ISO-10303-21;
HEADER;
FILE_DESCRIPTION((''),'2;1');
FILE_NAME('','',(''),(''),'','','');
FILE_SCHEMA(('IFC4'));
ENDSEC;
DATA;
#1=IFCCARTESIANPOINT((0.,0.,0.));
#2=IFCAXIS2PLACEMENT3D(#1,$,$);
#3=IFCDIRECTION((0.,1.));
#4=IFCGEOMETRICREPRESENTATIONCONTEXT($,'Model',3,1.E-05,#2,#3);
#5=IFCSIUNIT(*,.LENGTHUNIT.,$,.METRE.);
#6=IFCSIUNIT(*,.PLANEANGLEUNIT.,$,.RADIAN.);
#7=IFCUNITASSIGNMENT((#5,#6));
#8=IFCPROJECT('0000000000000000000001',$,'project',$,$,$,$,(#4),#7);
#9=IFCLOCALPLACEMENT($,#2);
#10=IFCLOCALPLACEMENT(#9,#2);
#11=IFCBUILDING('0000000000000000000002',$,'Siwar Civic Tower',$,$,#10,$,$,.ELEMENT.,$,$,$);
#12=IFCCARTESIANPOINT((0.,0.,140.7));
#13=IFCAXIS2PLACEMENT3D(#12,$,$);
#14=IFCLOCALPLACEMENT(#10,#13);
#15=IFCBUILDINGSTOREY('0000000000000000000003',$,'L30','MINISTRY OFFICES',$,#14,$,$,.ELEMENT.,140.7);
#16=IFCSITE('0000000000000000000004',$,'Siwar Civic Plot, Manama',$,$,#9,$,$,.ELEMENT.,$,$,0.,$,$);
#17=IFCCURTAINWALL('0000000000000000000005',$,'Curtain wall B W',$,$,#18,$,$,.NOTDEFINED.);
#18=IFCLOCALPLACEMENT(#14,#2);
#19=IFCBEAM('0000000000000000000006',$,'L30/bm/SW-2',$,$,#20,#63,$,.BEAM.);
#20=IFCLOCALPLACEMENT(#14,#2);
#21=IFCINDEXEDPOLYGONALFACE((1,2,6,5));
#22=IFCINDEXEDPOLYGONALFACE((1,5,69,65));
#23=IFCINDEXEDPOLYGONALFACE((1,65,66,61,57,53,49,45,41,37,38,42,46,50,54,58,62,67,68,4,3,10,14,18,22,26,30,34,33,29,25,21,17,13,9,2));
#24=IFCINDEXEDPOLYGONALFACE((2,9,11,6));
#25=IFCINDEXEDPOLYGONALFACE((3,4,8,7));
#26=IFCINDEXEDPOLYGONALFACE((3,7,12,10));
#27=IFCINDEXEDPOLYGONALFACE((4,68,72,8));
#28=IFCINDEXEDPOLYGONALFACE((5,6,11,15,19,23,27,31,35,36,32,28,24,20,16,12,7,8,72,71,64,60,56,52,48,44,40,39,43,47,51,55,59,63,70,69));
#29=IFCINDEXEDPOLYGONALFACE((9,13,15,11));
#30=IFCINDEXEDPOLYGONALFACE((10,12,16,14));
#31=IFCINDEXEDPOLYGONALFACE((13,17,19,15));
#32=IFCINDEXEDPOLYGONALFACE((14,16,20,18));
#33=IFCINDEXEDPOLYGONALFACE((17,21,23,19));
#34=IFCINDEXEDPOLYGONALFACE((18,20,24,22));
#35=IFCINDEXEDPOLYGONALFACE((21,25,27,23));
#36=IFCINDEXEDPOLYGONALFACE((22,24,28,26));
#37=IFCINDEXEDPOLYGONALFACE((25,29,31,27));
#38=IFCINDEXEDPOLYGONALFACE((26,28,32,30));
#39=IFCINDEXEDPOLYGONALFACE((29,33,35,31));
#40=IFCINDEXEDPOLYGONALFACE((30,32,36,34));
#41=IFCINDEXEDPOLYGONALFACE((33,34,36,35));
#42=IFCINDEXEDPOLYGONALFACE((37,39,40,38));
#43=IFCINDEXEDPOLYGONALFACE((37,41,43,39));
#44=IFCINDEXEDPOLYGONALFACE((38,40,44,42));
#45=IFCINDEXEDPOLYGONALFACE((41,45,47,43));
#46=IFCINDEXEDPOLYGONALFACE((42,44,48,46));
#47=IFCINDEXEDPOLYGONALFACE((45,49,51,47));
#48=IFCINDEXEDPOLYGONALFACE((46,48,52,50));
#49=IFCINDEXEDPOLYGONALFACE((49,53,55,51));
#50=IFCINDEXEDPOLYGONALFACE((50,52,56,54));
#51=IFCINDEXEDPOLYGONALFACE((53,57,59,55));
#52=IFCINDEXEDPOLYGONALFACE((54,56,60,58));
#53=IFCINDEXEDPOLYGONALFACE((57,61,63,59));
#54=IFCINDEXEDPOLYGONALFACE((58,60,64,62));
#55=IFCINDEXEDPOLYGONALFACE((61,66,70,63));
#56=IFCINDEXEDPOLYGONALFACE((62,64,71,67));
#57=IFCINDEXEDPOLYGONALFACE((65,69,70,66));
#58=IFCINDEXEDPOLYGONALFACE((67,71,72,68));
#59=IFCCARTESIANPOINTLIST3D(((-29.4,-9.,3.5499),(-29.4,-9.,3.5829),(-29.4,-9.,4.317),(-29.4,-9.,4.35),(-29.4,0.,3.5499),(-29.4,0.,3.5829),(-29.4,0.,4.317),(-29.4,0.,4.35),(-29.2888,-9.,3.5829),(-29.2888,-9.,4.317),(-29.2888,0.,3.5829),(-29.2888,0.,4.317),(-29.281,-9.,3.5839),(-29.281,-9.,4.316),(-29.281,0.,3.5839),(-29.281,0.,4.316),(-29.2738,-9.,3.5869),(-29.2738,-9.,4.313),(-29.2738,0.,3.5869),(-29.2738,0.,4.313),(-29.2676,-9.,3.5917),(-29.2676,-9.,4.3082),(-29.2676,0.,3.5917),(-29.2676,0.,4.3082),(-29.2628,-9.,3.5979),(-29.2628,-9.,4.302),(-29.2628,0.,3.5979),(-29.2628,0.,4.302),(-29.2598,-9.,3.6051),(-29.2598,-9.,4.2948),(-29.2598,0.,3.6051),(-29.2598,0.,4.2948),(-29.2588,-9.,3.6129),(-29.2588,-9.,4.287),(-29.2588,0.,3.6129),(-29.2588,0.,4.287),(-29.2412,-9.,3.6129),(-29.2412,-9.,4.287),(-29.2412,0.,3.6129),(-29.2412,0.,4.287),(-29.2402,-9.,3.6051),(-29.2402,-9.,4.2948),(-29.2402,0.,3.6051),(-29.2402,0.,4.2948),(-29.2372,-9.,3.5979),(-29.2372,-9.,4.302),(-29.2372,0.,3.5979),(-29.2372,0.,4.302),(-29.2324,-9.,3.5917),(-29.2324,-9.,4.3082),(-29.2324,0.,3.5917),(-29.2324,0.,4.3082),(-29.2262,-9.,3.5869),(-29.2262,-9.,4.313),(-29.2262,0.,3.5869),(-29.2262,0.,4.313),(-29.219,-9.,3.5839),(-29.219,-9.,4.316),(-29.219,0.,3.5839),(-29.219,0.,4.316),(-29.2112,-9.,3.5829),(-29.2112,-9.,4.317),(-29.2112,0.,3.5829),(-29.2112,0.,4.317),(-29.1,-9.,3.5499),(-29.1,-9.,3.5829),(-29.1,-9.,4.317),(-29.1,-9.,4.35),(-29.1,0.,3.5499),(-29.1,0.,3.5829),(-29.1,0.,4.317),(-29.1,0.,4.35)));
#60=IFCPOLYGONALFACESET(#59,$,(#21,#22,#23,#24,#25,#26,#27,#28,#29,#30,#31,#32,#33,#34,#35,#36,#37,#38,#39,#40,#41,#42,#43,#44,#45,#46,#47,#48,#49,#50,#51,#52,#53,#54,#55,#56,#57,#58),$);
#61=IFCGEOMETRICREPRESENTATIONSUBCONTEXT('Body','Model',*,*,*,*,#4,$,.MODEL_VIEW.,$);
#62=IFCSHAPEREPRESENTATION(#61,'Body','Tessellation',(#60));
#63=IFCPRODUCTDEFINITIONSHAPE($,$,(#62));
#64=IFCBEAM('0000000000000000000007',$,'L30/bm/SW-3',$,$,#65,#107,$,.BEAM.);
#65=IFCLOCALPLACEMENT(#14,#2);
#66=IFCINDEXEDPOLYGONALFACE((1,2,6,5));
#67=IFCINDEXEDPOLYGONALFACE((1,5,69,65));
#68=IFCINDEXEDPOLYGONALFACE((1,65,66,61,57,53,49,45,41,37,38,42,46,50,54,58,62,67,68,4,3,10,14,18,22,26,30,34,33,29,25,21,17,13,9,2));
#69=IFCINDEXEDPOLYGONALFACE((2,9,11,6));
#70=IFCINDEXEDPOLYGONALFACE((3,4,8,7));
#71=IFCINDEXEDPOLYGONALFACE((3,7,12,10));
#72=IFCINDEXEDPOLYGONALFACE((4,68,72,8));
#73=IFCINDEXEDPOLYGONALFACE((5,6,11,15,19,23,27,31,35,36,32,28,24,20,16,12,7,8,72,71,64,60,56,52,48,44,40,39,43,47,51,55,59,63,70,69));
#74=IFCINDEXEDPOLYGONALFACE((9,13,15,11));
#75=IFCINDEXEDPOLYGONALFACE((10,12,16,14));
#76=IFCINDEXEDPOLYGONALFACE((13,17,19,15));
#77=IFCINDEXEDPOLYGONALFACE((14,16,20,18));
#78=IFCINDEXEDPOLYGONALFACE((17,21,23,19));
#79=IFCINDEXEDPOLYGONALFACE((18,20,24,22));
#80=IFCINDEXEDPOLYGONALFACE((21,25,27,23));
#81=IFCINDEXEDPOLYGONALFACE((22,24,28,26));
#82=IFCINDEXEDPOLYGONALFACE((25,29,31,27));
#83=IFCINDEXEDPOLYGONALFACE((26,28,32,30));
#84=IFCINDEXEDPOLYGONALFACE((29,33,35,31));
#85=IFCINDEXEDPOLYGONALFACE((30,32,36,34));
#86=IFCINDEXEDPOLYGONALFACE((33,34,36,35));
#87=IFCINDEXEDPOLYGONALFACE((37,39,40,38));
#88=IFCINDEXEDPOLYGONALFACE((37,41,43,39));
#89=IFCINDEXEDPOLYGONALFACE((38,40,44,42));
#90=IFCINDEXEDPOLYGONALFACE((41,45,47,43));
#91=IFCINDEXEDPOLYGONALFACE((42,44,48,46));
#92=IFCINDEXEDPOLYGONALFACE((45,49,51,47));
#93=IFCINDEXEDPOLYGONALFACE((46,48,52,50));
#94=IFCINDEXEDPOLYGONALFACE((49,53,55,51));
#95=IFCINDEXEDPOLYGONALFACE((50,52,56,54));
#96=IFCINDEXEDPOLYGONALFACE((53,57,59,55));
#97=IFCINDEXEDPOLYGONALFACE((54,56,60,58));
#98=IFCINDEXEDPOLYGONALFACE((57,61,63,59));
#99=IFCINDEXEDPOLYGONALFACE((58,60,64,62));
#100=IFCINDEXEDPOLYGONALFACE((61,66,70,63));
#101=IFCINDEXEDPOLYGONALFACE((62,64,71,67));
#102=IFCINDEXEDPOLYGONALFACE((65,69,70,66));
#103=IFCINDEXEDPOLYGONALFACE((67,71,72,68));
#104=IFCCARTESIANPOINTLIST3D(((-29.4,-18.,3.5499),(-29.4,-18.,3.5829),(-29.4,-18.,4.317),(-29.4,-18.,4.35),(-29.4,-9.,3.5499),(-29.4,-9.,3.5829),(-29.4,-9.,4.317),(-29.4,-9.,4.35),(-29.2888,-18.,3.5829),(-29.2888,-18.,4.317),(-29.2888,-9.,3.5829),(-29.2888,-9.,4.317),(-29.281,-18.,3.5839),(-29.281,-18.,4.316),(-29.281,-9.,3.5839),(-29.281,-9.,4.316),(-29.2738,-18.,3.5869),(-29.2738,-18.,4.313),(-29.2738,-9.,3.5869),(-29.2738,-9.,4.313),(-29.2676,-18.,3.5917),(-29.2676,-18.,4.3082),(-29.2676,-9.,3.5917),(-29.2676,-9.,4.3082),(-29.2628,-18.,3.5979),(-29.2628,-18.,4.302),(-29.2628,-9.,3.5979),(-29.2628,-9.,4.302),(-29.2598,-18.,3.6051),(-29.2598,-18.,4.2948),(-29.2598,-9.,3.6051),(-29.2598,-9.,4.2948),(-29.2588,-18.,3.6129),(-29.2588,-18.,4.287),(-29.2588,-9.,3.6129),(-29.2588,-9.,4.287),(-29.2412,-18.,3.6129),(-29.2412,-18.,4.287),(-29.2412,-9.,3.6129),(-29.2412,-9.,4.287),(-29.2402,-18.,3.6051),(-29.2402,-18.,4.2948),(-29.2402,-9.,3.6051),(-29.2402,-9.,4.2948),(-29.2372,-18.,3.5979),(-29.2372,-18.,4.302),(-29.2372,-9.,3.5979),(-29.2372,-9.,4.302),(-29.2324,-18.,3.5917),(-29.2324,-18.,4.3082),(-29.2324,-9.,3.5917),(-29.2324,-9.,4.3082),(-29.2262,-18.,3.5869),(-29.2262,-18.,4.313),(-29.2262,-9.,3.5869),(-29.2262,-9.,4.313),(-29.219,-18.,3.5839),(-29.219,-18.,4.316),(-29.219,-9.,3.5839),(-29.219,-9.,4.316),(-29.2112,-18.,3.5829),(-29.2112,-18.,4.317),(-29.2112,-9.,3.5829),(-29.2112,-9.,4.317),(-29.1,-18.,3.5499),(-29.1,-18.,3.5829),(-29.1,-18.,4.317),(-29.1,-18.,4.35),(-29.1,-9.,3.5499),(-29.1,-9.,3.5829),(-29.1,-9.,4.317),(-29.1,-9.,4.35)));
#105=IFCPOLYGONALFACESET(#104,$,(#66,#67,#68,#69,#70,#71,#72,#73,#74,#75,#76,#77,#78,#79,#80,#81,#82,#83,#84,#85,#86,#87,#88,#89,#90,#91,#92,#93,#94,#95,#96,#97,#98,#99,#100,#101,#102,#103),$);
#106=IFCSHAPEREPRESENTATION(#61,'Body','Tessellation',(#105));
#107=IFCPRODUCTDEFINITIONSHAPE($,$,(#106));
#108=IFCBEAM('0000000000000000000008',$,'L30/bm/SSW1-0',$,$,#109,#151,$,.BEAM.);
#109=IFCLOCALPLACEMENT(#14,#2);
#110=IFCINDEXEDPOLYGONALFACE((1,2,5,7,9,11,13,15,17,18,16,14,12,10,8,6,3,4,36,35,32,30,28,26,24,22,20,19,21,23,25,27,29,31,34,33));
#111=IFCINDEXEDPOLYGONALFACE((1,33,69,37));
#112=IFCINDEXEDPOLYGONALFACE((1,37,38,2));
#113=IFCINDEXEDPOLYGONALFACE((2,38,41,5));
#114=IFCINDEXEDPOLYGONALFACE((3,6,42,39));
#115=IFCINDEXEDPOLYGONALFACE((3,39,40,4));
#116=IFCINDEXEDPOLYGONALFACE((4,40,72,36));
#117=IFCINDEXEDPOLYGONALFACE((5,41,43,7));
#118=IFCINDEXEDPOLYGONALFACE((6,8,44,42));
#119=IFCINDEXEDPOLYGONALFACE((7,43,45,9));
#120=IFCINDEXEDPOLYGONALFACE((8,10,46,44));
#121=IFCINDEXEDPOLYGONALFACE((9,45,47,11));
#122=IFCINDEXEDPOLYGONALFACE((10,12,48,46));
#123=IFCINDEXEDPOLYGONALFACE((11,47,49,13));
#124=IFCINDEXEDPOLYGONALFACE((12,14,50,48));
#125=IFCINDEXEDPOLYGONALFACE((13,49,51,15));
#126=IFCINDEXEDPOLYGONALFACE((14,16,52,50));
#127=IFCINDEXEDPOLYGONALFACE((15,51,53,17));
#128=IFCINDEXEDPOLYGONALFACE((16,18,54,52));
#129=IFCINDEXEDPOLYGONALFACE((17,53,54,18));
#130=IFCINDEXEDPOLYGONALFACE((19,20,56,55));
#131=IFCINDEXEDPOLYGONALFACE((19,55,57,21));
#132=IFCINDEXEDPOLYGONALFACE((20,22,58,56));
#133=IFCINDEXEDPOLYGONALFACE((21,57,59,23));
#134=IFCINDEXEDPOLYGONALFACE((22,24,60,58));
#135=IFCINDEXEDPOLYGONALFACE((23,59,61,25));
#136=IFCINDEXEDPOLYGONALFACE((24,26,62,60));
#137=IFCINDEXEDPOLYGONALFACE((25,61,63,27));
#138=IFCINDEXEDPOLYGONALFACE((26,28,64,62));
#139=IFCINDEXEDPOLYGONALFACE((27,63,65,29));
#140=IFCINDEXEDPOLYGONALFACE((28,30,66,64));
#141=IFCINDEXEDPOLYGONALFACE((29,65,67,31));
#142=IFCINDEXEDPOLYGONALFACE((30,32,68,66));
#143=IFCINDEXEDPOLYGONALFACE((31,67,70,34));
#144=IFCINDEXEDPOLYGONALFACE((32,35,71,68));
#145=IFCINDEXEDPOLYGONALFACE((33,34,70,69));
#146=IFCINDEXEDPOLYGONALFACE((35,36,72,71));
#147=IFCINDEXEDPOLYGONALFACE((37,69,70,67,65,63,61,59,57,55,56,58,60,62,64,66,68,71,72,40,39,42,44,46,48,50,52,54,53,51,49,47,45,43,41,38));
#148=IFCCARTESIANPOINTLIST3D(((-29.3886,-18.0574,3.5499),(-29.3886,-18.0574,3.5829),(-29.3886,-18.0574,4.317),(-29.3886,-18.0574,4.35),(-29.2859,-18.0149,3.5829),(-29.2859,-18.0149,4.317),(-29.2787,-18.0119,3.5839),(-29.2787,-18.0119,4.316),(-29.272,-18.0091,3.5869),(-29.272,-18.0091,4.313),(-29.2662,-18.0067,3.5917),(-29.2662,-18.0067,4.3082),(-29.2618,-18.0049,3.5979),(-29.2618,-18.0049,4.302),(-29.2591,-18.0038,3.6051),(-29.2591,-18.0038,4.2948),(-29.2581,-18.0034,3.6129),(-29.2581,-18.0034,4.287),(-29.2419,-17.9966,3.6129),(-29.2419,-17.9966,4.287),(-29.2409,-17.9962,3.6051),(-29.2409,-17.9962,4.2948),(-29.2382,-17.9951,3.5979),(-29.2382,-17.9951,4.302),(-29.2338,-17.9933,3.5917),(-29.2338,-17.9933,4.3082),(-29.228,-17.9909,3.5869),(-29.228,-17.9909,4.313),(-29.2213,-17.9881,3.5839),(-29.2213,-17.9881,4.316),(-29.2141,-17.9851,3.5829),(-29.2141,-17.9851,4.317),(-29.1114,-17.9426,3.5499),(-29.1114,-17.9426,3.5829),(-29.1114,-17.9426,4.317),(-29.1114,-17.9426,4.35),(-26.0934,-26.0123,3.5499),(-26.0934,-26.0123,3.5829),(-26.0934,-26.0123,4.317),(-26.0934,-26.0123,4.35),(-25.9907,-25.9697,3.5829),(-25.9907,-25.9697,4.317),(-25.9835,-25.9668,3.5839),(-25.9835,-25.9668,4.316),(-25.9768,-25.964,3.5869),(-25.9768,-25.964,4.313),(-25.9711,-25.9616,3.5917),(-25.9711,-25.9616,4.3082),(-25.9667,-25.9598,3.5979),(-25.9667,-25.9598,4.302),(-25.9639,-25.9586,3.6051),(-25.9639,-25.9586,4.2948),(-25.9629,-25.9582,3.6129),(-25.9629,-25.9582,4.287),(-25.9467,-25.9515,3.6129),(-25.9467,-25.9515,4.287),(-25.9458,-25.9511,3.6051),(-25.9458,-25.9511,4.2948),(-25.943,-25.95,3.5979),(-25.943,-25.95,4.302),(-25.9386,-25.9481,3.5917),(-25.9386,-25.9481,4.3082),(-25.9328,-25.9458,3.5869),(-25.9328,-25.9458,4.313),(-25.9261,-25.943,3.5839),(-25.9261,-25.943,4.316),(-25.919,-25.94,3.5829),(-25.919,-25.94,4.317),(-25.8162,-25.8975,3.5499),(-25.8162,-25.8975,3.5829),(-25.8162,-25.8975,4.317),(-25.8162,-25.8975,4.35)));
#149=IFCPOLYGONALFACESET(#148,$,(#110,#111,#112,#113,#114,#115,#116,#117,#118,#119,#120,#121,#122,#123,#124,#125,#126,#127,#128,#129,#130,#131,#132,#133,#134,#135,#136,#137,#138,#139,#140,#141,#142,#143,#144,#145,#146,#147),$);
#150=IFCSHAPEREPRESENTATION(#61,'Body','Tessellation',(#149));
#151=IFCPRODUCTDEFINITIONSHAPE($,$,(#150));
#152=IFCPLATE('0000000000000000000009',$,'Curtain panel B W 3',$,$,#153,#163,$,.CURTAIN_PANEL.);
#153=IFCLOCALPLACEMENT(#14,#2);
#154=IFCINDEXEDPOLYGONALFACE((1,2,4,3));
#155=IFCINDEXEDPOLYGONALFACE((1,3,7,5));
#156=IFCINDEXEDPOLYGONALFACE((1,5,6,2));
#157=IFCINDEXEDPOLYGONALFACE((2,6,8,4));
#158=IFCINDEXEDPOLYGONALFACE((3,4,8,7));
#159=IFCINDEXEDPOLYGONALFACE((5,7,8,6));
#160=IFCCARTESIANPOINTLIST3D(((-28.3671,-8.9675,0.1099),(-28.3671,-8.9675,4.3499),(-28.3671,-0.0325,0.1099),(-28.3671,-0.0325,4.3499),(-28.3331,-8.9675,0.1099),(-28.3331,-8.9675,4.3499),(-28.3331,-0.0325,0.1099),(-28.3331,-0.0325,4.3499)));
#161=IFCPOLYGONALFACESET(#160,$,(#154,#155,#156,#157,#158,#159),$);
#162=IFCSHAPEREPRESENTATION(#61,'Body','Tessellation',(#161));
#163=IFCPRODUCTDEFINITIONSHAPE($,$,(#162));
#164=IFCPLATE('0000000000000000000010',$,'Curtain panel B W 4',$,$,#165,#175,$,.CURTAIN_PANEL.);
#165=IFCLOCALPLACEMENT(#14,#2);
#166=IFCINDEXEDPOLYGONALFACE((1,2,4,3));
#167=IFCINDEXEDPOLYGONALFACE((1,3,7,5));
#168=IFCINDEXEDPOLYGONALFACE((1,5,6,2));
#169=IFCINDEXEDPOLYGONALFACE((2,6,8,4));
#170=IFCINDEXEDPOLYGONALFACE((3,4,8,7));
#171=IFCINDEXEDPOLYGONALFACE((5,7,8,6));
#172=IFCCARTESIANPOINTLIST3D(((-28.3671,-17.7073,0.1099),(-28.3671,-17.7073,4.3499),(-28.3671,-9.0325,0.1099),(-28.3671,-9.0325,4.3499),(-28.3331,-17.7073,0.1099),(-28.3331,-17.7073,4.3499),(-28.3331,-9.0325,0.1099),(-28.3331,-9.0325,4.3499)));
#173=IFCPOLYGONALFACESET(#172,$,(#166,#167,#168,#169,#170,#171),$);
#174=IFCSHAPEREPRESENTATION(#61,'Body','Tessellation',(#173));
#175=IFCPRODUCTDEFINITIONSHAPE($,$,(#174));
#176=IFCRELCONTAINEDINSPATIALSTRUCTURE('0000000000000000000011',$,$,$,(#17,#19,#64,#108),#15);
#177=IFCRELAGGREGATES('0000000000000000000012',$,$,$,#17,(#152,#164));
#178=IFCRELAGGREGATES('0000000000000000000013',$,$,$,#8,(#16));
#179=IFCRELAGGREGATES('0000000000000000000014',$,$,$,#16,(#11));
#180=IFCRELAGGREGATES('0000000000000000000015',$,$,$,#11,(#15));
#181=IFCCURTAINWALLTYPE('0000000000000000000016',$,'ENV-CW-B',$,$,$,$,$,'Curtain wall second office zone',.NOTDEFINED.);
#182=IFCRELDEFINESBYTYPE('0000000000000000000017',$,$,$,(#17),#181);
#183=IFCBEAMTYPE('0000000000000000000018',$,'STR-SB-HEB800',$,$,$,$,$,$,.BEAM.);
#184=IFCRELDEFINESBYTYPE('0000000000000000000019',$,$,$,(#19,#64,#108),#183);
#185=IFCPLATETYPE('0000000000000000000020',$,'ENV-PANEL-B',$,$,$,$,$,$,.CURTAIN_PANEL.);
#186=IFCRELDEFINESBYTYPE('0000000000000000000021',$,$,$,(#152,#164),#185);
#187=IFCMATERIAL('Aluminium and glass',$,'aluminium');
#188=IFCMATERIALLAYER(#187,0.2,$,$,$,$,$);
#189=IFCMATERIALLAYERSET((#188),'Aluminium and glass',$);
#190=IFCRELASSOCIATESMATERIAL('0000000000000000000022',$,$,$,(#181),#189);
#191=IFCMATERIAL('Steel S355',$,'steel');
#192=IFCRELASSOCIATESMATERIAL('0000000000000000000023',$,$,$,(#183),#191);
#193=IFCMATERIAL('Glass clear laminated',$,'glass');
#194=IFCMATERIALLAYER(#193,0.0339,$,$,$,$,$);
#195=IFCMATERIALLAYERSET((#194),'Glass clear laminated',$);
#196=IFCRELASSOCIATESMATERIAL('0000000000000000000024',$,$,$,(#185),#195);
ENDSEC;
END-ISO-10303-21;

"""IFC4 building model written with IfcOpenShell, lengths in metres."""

from ifc_helpers import new_model, si_unit, direction, frame, origin, origin_2d, place, context, subcontext, project, spatial, rectangle, i_section, extrude, material, layer, layer_set, material_profile, profile_set, type_object, element, aggregate, save


model = new_model("IFC4")

# Units and contexts
model_context = context("Model", 3, precision=1e-05, world=origin(), true_north=direction((0.0, 1.0)))
body_context = subcontext(model_context, "Body", "Model", "MODEL_VIEW")
ifc_project = project(units=[si_unit("LENGTHUNIT", "METRE"), si_unit("PLANEANGLEUNIT", "RADIAN")], contexts=[model_context])

# Site, building, storey
site_placement = place(None, origin())
site = spatial("IfcSite", under=ifc_project, at=site_placement, Name="Siwar Civic Plot, Manama", CompositionType="ELEMENT", RefElevation=0.0)
building_placement = place(site_placement, origin())
building = spatial("IfcBuilding", under=site, at=building_placement, Name="Siwar Civic Tower", CompositionType="ELEMENT")
storey_placement = place(building_placement, frame((0.0, 0.0, 140.7)))
storey = spatial("IfcBuildingStorey", under=building, at=storey_placement, Name="L30", Description="MINISTRY OFFICES", CompositionType="ELEMENT", Elevation=140.7)

# Curtain wall
ifc_material_1 = material(Name="Aluminium and glass", Category="aluminium")
ifc_layer_1 = layer(ifc_material_1, 0.2)
ifc_layer_set_1 = layer_set([ifc_layer_1], Name="Aluminium and glass")
curtain_wall_type_1 = type_object("IfcCurtainWallType", Name="ENV-CW-B", ElementType="Curtain wall second office zone", PredefinedType="NOTDEFINED", material=ifc_layer_set_1)
curtain_wall_1_placement = place(storey_placement, origin())
curtain_wall_1 = element("IfcCurtainWall", 1, at=curtain_wall_1_placement, inside=storey, type_object=curtain_wall_type_1, Name="Curtain wall B W", PredefinedType="NOTDEFINED")

# Beams
ifc_material_2 = material(Name="Steel S355", Category="steel")
ifc_material_profile_1 = material_profile(ifc_material_2, i_section(OverallWidth=0.3, OverallDepth=0.8, WebThickness=0.0176, FlangeThickness=0.033, FilletRadius=0.03, at=origin_2d()), Name="HEB800")
ifc_profile_set_1 = profile_set([ifc_material_profile_1], Name="Steel S355")
beam_type_1 = type_object("IfcBeamType", Name="STR-SB-HEB800", PredefinedType="BEAM", material=ifc_profile_set_1)
for number, where, z_axis, x_axis, name in (
    (2, (-29.25, 0.0, 3.95), (0.0, -1.0, 0.0), (1.0, 0.0, 0.0), "L30/bm/SW-2"),
    (3, (-29.25, -9.0, 3.95), (0.0, -1.0, 0.0), (1.0, 0.0, 0.0), "L30/bm/SW-3"),
):
    element("IfcBeam", number, at=place(storey_placement, frame(where, z_axis=z_axis, x_axis=x_axis)), inside=storey, type_object=beam_type_1, Name=name, PredefinedType="BEAM", context=body_context, shape_type="SweptSolid", body=[
        extrude(i_section(OverallWidth=0.3, OverallDepth=0.8, WebThickness=0.0176, FlangeThickness=0.033, FilletRadius=0.03, at=origin_2d()), origin(), (0.0, 0.0, 1.0), 9.0),
    ])
beam_1_placement = place(storey_placement, frame((-29.25, -18.0, 3.95), z_axis=(0.3827, -0.923873, 0.0), x_axis=(0.923873, 0.3827, 0.0)))
element("IfcBeam", 4, at=beam_1_placement, inside=storey, type_object=beam_type_1, Name="L30/bm/SSW1-0", PredefinedType="BEAM", context=body_context, shape_type="SweptSolid", body=[
    extrude(i_section(OverallWidth=0.3, OverallDepth=0.8, WebThickness=0.0176, FlangeThickness=0.033, FilletRadius=0.03, at=origin_2d()), origin(), (0.0, 0.0, 1.0), 8.6104),
])

# Plates
ifc_material_3 = material(Name="Glass clear laminated", Category="glass")
ifc_layer_2 = layer(ifc_material_3, 0.0339)
ifc_layer_set_2 = layer_set([ifc_layer_2], Name="Glass clear laminated")
plate_type = type_object("IfcPlateType", Name="ENV-PANEL-B", PredefinedType="CURTAIN_PANEL", material=ifc_layer_set_2)
plate_1_placement = place(storey_placement, frame((-28.3501, -4.5, 0.1099), z_axis=(0.0, 0.0, 1.0), x_axis=(0.0, -1.0, 0.0)))
plate_1 = element("IfcPlate", 5, at=plate_1_placement, type_object=plate_type, Name="Curtain panel B W 3", PredefinedType="CURTAIN_PANEL", context=body_context, shape_type="SweptSolid", body=[
    extrude(rectangle(XDim=8.9351, YDim=0.0339, at=origin_2d()), origin(), (0.0, 0.0, 1.0), 4.24),
])
plate_2_placement = place(storey_placement, frame((-28.3501, -13.3699, 0.1099), z_axis=(0.0, 0.0, 1.0), x_axis=(0.0, -1.0, 0.0)))
plate_2 = element("IfcPlate", 6, at=plate_2_placement, type_object=plate_type, Name="Curtain panel B W 4", PredefinedType="CURTAIN_PANEL", context=body_context, shape_type="SweptSolid", body=[
    extrude(rectangle(XDim=8.6748, YDim=0.0339, at=origin_2d()), origin(), (0.0, 0.0, 1.0), 4.24),
])
aggregate(curtain_wall_1, [plate_1, plate_2])

save(model, "model.ifc")
